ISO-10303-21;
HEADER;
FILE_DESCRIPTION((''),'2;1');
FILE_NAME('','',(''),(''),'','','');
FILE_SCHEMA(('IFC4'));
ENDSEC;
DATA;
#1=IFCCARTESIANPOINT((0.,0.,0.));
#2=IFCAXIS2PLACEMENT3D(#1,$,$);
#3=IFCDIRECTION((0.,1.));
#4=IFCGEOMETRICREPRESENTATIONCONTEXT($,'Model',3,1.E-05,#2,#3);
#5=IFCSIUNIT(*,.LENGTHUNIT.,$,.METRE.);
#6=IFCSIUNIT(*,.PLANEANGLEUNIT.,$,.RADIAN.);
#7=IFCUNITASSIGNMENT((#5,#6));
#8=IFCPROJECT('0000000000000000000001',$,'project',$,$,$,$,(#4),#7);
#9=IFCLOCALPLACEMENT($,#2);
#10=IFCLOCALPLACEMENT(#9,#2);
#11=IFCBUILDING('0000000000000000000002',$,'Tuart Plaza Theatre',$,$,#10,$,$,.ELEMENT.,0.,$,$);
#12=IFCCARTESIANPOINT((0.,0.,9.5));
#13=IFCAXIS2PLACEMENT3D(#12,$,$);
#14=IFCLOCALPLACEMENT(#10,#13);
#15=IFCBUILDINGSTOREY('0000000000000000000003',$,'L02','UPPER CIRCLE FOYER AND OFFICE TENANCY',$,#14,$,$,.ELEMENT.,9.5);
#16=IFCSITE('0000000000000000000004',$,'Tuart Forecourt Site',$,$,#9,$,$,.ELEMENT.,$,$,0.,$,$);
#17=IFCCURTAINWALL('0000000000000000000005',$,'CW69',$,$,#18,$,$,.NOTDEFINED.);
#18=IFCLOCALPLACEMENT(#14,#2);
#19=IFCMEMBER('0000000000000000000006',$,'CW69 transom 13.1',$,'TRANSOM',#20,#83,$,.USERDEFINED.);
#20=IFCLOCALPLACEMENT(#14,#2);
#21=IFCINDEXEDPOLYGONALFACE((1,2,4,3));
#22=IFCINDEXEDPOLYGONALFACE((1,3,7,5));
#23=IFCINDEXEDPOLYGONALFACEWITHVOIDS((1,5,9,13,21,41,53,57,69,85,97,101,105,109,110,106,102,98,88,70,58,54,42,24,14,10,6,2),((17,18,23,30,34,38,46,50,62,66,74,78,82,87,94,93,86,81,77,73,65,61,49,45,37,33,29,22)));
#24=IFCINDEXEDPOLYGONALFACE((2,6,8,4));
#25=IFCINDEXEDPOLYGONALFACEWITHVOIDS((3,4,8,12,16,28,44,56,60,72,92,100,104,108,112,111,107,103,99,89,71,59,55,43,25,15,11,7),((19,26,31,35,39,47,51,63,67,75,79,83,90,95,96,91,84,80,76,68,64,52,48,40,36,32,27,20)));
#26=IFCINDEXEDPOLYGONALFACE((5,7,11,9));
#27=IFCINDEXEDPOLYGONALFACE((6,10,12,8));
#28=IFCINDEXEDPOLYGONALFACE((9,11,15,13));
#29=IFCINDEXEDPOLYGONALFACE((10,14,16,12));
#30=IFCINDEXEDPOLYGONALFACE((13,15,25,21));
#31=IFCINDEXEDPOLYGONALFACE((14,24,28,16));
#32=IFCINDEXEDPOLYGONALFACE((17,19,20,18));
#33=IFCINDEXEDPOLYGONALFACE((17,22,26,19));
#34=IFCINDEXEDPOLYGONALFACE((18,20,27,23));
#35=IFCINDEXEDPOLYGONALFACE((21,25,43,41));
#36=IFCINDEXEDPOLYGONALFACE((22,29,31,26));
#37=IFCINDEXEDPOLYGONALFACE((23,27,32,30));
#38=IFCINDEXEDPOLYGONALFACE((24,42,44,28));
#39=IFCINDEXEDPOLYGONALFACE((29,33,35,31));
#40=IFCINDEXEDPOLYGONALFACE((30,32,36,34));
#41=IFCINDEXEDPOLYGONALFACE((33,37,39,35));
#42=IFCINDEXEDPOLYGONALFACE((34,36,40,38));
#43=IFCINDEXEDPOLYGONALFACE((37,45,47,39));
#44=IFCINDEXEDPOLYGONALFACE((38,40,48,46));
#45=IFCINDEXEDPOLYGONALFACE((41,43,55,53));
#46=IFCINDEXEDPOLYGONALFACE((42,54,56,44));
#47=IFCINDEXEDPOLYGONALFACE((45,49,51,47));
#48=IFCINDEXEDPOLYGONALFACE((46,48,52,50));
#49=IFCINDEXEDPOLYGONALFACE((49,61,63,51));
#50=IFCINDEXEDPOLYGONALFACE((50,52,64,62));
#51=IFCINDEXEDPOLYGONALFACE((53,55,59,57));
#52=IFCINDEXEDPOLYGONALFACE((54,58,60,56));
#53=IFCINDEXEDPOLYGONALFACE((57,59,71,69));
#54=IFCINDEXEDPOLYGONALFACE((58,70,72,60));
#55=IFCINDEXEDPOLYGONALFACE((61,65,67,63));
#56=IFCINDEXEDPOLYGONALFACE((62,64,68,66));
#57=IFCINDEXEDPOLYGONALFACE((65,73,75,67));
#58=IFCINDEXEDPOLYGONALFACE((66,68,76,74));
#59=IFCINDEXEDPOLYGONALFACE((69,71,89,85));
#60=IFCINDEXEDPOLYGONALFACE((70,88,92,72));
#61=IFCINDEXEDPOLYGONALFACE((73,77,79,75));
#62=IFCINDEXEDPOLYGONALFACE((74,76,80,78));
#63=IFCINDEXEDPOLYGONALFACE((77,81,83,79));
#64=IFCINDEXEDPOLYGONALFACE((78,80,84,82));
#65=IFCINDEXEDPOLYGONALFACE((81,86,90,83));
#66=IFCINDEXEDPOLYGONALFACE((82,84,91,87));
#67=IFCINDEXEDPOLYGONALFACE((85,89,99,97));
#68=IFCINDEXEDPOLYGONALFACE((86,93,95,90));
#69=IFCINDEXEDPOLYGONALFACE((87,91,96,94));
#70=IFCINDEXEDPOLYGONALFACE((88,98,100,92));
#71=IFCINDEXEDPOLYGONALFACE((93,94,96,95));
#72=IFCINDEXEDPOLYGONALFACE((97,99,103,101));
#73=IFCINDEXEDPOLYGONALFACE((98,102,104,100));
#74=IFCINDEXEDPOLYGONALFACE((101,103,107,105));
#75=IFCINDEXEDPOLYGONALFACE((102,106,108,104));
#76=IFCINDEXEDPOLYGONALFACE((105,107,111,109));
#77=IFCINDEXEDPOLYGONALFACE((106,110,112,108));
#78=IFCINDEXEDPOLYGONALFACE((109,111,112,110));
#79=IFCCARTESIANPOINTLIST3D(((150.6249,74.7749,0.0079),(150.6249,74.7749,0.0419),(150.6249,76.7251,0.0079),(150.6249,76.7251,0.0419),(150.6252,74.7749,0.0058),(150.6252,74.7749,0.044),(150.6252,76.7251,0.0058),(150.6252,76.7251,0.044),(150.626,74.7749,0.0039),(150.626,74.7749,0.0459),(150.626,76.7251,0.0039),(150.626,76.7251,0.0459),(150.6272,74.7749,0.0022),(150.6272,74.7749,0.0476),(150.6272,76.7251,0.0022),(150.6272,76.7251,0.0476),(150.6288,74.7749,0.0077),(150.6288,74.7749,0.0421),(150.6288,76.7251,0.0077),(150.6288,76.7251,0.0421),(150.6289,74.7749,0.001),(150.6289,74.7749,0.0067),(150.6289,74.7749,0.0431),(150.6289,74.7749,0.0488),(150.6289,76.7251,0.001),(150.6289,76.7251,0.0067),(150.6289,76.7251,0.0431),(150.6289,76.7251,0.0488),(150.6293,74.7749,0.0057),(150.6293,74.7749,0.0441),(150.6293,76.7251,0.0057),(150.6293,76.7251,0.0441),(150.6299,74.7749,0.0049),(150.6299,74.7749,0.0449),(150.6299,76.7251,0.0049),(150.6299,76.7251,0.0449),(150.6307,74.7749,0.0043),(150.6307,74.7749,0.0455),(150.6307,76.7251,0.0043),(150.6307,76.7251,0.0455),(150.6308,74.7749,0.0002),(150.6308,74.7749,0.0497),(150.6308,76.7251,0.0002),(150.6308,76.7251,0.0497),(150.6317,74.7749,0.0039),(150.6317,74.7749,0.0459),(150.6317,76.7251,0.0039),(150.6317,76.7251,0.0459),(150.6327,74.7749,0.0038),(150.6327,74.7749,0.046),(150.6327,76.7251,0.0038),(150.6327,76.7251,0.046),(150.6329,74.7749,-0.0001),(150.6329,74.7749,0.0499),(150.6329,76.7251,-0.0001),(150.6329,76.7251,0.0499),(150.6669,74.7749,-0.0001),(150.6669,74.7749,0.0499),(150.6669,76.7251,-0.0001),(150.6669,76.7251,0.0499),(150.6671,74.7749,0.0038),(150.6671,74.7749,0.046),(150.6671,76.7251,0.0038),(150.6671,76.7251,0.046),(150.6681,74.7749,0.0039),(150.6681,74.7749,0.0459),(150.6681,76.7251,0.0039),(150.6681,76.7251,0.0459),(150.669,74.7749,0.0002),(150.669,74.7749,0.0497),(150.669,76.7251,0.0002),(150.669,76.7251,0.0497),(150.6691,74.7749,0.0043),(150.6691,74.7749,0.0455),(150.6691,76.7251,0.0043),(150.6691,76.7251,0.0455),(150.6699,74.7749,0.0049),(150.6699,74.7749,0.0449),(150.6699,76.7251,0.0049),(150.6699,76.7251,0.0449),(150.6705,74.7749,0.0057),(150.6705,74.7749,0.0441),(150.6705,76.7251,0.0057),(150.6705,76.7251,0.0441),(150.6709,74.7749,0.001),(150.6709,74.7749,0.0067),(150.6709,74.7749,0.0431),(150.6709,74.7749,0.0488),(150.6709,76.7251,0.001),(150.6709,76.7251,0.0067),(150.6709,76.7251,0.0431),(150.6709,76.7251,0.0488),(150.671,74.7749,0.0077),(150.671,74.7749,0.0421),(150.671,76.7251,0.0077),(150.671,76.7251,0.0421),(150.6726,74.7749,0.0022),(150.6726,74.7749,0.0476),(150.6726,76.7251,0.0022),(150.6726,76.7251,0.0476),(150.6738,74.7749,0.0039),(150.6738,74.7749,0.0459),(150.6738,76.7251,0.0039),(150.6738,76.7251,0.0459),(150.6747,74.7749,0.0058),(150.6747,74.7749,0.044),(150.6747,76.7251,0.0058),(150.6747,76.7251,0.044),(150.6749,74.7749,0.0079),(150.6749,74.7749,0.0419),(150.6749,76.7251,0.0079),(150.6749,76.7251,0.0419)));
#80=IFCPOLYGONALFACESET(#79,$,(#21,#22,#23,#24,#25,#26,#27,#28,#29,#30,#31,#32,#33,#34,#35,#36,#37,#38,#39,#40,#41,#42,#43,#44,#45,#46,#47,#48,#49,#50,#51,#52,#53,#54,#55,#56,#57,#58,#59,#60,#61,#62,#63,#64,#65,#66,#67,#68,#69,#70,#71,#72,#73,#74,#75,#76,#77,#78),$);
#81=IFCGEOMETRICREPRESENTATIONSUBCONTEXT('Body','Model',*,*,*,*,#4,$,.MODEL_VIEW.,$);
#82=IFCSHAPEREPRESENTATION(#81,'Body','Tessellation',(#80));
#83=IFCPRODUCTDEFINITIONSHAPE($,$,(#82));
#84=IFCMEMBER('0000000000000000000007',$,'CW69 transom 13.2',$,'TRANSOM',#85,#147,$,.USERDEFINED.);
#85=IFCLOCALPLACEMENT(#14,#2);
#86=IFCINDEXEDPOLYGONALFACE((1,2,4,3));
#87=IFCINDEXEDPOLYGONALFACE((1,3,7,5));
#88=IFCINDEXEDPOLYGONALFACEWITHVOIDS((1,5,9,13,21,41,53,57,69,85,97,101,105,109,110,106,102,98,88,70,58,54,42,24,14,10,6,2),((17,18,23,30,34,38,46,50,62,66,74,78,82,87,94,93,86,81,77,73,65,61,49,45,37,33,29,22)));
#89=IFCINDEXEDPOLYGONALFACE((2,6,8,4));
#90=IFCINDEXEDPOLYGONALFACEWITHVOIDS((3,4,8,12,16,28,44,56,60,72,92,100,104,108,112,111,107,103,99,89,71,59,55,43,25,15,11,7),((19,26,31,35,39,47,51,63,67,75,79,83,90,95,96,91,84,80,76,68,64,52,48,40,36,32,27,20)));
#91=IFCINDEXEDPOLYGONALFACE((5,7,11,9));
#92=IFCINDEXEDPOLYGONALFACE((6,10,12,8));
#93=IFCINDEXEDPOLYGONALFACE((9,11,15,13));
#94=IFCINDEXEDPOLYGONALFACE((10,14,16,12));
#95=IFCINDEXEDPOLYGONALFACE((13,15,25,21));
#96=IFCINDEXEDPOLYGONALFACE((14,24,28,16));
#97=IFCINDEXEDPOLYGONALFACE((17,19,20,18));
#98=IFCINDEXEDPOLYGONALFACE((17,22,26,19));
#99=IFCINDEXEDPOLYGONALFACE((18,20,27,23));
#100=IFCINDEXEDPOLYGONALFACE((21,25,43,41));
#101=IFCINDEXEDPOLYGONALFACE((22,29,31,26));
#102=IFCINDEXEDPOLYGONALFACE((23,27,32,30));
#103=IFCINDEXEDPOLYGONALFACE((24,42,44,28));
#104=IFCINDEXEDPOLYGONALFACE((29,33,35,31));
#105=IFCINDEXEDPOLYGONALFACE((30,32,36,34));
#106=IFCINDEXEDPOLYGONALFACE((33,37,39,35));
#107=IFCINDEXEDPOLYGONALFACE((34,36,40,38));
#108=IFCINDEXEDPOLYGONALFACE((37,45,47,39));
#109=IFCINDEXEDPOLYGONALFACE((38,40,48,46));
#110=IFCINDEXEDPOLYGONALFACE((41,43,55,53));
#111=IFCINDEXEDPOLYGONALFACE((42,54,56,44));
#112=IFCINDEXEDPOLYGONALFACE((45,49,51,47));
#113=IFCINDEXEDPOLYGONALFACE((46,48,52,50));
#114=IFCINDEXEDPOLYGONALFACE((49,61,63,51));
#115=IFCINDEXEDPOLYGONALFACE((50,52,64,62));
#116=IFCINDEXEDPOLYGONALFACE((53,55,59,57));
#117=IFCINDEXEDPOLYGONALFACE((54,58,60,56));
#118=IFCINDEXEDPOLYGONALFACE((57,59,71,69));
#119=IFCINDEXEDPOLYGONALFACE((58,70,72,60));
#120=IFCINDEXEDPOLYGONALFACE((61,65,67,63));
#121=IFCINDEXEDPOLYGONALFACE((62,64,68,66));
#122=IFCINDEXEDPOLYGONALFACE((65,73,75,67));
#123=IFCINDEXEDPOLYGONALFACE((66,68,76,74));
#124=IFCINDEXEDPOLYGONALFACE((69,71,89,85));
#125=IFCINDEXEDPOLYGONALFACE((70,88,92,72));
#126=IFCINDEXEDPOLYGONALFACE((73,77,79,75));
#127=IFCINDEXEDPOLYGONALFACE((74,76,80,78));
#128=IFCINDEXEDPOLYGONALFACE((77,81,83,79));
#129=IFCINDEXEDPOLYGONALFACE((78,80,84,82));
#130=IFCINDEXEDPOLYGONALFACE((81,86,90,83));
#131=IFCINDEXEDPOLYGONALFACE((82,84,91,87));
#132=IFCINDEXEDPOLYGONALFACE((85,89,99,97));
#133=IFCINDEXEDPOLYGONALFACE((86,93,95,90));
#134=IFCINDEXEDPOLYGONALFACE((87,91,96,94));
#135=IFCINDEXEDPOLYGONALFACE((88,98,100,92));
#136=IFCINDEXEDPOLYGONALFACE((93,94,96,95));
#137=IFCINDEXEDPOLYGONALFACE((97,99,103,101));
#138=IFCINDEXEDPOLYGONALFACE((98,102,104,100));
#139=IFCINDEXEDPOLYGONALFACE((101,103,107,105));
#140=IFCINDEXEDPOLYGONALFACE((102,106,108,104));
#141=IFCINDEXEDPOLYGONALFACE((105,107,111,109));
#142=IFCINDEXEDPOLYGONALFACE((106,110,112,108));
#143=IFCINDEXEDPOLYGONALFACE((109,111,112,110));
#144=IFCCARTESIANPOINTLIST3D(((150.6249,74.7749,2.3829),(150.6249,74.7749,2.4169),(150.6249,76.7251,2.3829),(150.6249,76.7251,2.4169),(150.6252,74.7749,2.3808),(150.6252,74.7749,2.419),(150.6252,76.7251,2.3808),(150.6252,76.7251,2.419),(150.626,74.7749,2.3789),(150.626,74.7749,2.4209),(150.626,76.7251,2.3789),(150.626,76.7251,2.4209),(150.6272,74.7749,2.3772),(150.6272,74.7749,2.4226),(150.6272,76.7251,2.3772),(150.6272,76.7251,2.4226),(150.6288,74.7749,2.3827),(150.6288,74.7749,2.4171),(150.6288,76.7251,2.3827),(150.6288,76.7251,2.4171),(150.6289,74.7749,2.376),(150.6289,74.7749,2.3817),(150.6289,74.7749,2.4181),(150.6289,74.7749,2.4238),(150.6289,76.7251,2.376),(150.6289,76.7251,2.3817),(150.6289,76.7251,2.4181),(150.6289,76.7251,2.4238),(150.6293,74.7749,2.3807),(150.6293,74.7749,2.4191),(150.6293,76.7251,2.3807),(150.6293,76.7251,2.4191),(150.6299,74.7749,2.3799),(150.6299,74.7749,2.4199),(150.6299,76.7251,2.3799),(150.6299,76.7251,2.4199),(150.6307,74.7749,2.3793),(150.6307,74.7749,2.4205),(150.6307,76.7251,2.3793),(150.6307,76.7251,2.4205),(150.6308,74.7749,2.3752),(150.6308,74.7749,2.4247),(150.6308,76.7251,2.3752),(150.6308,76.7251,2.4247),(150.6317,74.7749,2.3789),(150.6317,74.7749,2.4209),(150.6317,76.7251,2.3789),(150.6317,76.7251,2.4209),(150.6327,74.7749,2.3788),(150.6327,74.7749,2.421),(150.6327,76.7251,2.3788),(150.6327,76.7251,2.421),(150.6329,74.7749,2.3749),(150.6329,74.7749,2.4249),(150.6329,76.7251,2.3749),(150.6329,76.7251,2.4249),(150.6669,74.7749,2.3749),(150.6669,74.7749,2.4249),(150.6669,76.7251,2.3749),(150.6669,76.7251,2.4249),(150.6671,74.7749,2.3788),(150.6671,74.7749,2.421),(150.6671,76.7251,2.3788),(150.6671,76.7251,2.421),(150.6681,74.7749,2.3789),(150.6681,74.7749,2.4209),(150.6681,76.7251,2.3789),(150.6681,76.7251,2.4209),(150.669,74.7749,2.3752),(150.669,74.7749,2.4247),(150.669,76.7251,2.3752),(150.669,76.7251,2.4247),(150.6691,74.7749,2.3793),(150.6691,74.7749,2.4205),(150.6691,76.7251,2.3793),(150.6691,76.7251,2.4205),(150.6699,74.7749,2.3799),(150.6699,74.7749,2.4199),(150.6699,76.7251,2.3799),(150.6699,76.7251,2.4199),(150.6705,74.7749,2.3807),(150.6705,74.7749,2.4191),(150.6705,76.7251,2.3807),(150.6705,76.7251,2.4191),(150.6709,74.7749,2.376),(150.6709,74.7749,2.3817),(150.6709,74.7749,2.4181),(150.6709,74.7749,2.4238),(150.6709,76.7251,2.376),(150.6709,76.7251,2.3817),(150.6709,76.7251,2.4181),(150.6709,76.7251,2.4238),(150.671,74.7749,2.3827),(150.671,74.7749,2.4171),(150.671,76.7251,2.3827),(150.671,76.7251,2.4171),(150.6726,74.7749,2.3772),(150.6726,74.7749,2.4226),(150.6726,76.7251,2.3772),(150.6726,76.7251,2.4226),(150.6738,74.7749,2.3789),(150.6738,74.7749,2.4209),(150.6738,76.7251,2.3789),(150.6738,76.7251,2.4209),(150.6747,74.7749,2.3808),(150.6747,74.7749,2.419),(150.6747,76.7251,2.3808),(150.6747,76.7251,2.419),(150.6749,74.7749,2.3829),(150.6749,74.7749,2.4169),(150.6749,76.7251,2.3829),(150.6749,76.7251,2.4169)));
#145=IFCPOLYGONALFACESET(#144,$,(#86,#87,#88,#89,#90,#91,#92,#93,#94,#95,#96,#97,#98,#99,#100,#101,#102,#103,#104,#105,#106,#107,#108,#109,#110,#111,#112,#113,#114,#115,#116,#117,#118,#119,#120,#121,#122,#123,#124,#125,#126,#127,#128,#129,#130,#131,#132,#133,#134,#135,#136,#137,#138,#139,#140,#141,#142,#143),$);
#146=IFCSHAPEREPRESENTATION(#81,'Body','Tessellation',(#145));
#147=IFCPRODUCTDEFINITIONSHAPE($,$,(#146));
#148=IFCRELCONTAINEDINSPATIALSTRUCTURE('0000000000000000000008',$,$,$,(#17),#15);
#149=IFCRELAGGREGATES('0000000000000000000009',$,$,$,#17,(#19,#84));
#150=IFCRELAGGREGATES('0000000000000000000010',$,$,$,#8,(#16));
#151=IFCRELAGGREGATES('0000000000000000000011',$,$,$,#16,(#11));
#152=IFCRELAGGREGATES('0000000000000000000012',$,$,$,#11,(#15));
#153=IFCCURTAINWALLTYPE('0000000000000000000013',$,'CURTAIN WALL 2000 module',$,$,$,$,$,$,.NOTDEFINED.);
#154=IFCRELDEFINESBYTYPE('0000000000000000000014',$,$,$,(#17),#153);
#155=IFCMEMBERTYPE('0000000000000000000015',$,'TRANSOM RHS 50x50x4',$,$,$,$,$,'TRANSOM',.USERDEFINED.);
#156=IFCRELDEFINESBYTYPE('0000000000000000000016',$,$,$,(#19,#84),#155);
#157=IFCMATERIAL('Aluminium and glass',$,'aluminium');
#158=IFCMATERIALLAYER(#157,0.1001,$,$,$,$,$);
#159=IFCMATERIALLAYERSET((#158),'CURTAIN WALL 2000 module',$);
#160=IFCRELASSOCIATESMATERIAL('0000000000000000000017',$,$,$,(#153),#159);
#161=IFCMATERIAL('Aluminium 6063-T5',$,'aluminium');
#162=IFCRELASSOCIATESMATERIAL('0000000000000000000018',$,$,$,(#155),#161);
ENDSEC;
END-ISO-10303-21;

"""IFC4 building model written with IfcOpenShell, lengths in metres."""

from ifc_helpers import new_model, si_unit, direction, frame, origin, origin_2d, place, context, subcontext, project, spatial, hollow_rectangle, extrude, material, layer, layer_set, material_profile, profile_set, type_object, element, aggregate, save


model = new_model("IFC4")

# Units and contexts
model_context = context("Model", 3, precision=1e-05, world=origin(), true_north=direction((0.0, 1.0)))
body_context = subcontext(model_context, "Body", "Model", "MODEL_VIEW")
ifc_project = project(units=[si_unit("LENGTHUNIT", "METRE"), si_unit("PLANEANGLEUNIT", "RADIAN")], contexts=[model_context])

# Site, building, storey
site_placement = place(None, origin())
site = spatial("IfcSite", under=ifc_project, at=site_placement, Name="Tuart Forecourt Site", CompositionType="ELEMENT", RefElevation=0.0)
building_placement = place(site_placement, origin())
building = spatial("IfcBuilding", under=site, at=building_placement, Name="Tuart Plaza Theatre", CompositionType="ELEMENT", ElevationOfRefHeight=0.0)
storey_placement = place(building_placement, frame((0.0, 0.0, 9.5)))
storey = spatial("IfcBuildingStorey", under=building, at=storey_placement, Name="L02", Description="UPPER CIRCLE FOYER AND OFFICE TENANCY", CompositionType="ELEMENT", Elevation=9.5)

# Curtain wall, members
ifc_material_1 = material(Name="Aluminium and glass", Category="aluminium")
ifc_layer_1 = layer(ifc_material_1, 0.1001)
ifc_layer_set_1 = layer_set([ifc_layer_1], Name="CURTAIN WALL 2000 module")
curtain_wall_type = type_object("IfcCurtainWallType", Name="CURTAIN WALL 2000 module", PredefinedType="NOTDEFINED", material=ifc_layer_set_1)
curtain_wall_placement = place(storey_placement, origin())
curtain_wall = element("IfcCurtainWall", 1, at=curtain_wall_placement, inside=storey, type_object=curtain_wall_type, Name="CW69", PredefinedType="NOTDEFINED")
ifc_material_2 = material(Name="Aluminium 6063-T5", Category="aluminium")
ifc_material_profile_1 = material_profile(ifc_material_2, hollow_rectangle(XDim=0.05, YDim=0.05, WallThickness=0.0039, InnerFilletRadius=0.0039, OuterFilletRadius=0.0081, at=origin_2d()), Name="RHS 50x50x4")
ifc_profile_set_1 = profile_set([ifc_material_profile_1], Name="Aluminium 6063-T5")
member_type_1 = type_object("IfcMemberType", Name="TRANSOM RHS 50x50x4", ElementType="TRANSOM", PredefinedType="USERDEFINED", material=ifc_profile_set_1)
member_1_placement = place(storey_placement, frame((150.6499, 74.7749, 0.0249), z_axis=(0.0, 1.0, 0.0), x_axis=(-1.0, 0.0, 0.0)))
member_1 = element("IfcMember", 2, at=member_1_placement, type_object=member_type_1, Name="CW69 transom 13.1", ObjectType="TRANSOM", PredefinedType="USERDEFINED", context=body_context, shape_type="SweptSolid", body=[
    extrude(hollow_rectangle(XDim=0.05, YDim=0.05, WallThickness=0.0039, InnerFilletRadius=0.0039, OuterFilletRadius=0.0081, at=origin_2d()), origin(), (0.0, 0.0, 1.0), 1.9502),
])
member_2_placement = place(storey_placement, frame((150.6499, 74.7749, 2.3999), z_axis=(0.0, 1.0, 0.0), x_axis=(-1.0, 0.0, 0.0)))
member_2 = element("IfcMember", 3, at=member_2_placement, type_object=member_type_1, Name="CW69 transom 13.2", ObjectType="TRANSOM", PredefinedType="USERDEFINED", context=body_context, shape_type="SweptSolid", body=[
    extrude(hollow_rectangle(XDim=0.05, YDim=0.05, WallThickness=0.0039, InnerFilletRadius=0.0039, OuterFilletRadius=0.0081, at=origin_2d()), origin(), (0.0, 0.0, 1.0), 1.9502),
])
aggregate(curtain_wall, [member_1, member_2])

save(model, "model.ifc")
